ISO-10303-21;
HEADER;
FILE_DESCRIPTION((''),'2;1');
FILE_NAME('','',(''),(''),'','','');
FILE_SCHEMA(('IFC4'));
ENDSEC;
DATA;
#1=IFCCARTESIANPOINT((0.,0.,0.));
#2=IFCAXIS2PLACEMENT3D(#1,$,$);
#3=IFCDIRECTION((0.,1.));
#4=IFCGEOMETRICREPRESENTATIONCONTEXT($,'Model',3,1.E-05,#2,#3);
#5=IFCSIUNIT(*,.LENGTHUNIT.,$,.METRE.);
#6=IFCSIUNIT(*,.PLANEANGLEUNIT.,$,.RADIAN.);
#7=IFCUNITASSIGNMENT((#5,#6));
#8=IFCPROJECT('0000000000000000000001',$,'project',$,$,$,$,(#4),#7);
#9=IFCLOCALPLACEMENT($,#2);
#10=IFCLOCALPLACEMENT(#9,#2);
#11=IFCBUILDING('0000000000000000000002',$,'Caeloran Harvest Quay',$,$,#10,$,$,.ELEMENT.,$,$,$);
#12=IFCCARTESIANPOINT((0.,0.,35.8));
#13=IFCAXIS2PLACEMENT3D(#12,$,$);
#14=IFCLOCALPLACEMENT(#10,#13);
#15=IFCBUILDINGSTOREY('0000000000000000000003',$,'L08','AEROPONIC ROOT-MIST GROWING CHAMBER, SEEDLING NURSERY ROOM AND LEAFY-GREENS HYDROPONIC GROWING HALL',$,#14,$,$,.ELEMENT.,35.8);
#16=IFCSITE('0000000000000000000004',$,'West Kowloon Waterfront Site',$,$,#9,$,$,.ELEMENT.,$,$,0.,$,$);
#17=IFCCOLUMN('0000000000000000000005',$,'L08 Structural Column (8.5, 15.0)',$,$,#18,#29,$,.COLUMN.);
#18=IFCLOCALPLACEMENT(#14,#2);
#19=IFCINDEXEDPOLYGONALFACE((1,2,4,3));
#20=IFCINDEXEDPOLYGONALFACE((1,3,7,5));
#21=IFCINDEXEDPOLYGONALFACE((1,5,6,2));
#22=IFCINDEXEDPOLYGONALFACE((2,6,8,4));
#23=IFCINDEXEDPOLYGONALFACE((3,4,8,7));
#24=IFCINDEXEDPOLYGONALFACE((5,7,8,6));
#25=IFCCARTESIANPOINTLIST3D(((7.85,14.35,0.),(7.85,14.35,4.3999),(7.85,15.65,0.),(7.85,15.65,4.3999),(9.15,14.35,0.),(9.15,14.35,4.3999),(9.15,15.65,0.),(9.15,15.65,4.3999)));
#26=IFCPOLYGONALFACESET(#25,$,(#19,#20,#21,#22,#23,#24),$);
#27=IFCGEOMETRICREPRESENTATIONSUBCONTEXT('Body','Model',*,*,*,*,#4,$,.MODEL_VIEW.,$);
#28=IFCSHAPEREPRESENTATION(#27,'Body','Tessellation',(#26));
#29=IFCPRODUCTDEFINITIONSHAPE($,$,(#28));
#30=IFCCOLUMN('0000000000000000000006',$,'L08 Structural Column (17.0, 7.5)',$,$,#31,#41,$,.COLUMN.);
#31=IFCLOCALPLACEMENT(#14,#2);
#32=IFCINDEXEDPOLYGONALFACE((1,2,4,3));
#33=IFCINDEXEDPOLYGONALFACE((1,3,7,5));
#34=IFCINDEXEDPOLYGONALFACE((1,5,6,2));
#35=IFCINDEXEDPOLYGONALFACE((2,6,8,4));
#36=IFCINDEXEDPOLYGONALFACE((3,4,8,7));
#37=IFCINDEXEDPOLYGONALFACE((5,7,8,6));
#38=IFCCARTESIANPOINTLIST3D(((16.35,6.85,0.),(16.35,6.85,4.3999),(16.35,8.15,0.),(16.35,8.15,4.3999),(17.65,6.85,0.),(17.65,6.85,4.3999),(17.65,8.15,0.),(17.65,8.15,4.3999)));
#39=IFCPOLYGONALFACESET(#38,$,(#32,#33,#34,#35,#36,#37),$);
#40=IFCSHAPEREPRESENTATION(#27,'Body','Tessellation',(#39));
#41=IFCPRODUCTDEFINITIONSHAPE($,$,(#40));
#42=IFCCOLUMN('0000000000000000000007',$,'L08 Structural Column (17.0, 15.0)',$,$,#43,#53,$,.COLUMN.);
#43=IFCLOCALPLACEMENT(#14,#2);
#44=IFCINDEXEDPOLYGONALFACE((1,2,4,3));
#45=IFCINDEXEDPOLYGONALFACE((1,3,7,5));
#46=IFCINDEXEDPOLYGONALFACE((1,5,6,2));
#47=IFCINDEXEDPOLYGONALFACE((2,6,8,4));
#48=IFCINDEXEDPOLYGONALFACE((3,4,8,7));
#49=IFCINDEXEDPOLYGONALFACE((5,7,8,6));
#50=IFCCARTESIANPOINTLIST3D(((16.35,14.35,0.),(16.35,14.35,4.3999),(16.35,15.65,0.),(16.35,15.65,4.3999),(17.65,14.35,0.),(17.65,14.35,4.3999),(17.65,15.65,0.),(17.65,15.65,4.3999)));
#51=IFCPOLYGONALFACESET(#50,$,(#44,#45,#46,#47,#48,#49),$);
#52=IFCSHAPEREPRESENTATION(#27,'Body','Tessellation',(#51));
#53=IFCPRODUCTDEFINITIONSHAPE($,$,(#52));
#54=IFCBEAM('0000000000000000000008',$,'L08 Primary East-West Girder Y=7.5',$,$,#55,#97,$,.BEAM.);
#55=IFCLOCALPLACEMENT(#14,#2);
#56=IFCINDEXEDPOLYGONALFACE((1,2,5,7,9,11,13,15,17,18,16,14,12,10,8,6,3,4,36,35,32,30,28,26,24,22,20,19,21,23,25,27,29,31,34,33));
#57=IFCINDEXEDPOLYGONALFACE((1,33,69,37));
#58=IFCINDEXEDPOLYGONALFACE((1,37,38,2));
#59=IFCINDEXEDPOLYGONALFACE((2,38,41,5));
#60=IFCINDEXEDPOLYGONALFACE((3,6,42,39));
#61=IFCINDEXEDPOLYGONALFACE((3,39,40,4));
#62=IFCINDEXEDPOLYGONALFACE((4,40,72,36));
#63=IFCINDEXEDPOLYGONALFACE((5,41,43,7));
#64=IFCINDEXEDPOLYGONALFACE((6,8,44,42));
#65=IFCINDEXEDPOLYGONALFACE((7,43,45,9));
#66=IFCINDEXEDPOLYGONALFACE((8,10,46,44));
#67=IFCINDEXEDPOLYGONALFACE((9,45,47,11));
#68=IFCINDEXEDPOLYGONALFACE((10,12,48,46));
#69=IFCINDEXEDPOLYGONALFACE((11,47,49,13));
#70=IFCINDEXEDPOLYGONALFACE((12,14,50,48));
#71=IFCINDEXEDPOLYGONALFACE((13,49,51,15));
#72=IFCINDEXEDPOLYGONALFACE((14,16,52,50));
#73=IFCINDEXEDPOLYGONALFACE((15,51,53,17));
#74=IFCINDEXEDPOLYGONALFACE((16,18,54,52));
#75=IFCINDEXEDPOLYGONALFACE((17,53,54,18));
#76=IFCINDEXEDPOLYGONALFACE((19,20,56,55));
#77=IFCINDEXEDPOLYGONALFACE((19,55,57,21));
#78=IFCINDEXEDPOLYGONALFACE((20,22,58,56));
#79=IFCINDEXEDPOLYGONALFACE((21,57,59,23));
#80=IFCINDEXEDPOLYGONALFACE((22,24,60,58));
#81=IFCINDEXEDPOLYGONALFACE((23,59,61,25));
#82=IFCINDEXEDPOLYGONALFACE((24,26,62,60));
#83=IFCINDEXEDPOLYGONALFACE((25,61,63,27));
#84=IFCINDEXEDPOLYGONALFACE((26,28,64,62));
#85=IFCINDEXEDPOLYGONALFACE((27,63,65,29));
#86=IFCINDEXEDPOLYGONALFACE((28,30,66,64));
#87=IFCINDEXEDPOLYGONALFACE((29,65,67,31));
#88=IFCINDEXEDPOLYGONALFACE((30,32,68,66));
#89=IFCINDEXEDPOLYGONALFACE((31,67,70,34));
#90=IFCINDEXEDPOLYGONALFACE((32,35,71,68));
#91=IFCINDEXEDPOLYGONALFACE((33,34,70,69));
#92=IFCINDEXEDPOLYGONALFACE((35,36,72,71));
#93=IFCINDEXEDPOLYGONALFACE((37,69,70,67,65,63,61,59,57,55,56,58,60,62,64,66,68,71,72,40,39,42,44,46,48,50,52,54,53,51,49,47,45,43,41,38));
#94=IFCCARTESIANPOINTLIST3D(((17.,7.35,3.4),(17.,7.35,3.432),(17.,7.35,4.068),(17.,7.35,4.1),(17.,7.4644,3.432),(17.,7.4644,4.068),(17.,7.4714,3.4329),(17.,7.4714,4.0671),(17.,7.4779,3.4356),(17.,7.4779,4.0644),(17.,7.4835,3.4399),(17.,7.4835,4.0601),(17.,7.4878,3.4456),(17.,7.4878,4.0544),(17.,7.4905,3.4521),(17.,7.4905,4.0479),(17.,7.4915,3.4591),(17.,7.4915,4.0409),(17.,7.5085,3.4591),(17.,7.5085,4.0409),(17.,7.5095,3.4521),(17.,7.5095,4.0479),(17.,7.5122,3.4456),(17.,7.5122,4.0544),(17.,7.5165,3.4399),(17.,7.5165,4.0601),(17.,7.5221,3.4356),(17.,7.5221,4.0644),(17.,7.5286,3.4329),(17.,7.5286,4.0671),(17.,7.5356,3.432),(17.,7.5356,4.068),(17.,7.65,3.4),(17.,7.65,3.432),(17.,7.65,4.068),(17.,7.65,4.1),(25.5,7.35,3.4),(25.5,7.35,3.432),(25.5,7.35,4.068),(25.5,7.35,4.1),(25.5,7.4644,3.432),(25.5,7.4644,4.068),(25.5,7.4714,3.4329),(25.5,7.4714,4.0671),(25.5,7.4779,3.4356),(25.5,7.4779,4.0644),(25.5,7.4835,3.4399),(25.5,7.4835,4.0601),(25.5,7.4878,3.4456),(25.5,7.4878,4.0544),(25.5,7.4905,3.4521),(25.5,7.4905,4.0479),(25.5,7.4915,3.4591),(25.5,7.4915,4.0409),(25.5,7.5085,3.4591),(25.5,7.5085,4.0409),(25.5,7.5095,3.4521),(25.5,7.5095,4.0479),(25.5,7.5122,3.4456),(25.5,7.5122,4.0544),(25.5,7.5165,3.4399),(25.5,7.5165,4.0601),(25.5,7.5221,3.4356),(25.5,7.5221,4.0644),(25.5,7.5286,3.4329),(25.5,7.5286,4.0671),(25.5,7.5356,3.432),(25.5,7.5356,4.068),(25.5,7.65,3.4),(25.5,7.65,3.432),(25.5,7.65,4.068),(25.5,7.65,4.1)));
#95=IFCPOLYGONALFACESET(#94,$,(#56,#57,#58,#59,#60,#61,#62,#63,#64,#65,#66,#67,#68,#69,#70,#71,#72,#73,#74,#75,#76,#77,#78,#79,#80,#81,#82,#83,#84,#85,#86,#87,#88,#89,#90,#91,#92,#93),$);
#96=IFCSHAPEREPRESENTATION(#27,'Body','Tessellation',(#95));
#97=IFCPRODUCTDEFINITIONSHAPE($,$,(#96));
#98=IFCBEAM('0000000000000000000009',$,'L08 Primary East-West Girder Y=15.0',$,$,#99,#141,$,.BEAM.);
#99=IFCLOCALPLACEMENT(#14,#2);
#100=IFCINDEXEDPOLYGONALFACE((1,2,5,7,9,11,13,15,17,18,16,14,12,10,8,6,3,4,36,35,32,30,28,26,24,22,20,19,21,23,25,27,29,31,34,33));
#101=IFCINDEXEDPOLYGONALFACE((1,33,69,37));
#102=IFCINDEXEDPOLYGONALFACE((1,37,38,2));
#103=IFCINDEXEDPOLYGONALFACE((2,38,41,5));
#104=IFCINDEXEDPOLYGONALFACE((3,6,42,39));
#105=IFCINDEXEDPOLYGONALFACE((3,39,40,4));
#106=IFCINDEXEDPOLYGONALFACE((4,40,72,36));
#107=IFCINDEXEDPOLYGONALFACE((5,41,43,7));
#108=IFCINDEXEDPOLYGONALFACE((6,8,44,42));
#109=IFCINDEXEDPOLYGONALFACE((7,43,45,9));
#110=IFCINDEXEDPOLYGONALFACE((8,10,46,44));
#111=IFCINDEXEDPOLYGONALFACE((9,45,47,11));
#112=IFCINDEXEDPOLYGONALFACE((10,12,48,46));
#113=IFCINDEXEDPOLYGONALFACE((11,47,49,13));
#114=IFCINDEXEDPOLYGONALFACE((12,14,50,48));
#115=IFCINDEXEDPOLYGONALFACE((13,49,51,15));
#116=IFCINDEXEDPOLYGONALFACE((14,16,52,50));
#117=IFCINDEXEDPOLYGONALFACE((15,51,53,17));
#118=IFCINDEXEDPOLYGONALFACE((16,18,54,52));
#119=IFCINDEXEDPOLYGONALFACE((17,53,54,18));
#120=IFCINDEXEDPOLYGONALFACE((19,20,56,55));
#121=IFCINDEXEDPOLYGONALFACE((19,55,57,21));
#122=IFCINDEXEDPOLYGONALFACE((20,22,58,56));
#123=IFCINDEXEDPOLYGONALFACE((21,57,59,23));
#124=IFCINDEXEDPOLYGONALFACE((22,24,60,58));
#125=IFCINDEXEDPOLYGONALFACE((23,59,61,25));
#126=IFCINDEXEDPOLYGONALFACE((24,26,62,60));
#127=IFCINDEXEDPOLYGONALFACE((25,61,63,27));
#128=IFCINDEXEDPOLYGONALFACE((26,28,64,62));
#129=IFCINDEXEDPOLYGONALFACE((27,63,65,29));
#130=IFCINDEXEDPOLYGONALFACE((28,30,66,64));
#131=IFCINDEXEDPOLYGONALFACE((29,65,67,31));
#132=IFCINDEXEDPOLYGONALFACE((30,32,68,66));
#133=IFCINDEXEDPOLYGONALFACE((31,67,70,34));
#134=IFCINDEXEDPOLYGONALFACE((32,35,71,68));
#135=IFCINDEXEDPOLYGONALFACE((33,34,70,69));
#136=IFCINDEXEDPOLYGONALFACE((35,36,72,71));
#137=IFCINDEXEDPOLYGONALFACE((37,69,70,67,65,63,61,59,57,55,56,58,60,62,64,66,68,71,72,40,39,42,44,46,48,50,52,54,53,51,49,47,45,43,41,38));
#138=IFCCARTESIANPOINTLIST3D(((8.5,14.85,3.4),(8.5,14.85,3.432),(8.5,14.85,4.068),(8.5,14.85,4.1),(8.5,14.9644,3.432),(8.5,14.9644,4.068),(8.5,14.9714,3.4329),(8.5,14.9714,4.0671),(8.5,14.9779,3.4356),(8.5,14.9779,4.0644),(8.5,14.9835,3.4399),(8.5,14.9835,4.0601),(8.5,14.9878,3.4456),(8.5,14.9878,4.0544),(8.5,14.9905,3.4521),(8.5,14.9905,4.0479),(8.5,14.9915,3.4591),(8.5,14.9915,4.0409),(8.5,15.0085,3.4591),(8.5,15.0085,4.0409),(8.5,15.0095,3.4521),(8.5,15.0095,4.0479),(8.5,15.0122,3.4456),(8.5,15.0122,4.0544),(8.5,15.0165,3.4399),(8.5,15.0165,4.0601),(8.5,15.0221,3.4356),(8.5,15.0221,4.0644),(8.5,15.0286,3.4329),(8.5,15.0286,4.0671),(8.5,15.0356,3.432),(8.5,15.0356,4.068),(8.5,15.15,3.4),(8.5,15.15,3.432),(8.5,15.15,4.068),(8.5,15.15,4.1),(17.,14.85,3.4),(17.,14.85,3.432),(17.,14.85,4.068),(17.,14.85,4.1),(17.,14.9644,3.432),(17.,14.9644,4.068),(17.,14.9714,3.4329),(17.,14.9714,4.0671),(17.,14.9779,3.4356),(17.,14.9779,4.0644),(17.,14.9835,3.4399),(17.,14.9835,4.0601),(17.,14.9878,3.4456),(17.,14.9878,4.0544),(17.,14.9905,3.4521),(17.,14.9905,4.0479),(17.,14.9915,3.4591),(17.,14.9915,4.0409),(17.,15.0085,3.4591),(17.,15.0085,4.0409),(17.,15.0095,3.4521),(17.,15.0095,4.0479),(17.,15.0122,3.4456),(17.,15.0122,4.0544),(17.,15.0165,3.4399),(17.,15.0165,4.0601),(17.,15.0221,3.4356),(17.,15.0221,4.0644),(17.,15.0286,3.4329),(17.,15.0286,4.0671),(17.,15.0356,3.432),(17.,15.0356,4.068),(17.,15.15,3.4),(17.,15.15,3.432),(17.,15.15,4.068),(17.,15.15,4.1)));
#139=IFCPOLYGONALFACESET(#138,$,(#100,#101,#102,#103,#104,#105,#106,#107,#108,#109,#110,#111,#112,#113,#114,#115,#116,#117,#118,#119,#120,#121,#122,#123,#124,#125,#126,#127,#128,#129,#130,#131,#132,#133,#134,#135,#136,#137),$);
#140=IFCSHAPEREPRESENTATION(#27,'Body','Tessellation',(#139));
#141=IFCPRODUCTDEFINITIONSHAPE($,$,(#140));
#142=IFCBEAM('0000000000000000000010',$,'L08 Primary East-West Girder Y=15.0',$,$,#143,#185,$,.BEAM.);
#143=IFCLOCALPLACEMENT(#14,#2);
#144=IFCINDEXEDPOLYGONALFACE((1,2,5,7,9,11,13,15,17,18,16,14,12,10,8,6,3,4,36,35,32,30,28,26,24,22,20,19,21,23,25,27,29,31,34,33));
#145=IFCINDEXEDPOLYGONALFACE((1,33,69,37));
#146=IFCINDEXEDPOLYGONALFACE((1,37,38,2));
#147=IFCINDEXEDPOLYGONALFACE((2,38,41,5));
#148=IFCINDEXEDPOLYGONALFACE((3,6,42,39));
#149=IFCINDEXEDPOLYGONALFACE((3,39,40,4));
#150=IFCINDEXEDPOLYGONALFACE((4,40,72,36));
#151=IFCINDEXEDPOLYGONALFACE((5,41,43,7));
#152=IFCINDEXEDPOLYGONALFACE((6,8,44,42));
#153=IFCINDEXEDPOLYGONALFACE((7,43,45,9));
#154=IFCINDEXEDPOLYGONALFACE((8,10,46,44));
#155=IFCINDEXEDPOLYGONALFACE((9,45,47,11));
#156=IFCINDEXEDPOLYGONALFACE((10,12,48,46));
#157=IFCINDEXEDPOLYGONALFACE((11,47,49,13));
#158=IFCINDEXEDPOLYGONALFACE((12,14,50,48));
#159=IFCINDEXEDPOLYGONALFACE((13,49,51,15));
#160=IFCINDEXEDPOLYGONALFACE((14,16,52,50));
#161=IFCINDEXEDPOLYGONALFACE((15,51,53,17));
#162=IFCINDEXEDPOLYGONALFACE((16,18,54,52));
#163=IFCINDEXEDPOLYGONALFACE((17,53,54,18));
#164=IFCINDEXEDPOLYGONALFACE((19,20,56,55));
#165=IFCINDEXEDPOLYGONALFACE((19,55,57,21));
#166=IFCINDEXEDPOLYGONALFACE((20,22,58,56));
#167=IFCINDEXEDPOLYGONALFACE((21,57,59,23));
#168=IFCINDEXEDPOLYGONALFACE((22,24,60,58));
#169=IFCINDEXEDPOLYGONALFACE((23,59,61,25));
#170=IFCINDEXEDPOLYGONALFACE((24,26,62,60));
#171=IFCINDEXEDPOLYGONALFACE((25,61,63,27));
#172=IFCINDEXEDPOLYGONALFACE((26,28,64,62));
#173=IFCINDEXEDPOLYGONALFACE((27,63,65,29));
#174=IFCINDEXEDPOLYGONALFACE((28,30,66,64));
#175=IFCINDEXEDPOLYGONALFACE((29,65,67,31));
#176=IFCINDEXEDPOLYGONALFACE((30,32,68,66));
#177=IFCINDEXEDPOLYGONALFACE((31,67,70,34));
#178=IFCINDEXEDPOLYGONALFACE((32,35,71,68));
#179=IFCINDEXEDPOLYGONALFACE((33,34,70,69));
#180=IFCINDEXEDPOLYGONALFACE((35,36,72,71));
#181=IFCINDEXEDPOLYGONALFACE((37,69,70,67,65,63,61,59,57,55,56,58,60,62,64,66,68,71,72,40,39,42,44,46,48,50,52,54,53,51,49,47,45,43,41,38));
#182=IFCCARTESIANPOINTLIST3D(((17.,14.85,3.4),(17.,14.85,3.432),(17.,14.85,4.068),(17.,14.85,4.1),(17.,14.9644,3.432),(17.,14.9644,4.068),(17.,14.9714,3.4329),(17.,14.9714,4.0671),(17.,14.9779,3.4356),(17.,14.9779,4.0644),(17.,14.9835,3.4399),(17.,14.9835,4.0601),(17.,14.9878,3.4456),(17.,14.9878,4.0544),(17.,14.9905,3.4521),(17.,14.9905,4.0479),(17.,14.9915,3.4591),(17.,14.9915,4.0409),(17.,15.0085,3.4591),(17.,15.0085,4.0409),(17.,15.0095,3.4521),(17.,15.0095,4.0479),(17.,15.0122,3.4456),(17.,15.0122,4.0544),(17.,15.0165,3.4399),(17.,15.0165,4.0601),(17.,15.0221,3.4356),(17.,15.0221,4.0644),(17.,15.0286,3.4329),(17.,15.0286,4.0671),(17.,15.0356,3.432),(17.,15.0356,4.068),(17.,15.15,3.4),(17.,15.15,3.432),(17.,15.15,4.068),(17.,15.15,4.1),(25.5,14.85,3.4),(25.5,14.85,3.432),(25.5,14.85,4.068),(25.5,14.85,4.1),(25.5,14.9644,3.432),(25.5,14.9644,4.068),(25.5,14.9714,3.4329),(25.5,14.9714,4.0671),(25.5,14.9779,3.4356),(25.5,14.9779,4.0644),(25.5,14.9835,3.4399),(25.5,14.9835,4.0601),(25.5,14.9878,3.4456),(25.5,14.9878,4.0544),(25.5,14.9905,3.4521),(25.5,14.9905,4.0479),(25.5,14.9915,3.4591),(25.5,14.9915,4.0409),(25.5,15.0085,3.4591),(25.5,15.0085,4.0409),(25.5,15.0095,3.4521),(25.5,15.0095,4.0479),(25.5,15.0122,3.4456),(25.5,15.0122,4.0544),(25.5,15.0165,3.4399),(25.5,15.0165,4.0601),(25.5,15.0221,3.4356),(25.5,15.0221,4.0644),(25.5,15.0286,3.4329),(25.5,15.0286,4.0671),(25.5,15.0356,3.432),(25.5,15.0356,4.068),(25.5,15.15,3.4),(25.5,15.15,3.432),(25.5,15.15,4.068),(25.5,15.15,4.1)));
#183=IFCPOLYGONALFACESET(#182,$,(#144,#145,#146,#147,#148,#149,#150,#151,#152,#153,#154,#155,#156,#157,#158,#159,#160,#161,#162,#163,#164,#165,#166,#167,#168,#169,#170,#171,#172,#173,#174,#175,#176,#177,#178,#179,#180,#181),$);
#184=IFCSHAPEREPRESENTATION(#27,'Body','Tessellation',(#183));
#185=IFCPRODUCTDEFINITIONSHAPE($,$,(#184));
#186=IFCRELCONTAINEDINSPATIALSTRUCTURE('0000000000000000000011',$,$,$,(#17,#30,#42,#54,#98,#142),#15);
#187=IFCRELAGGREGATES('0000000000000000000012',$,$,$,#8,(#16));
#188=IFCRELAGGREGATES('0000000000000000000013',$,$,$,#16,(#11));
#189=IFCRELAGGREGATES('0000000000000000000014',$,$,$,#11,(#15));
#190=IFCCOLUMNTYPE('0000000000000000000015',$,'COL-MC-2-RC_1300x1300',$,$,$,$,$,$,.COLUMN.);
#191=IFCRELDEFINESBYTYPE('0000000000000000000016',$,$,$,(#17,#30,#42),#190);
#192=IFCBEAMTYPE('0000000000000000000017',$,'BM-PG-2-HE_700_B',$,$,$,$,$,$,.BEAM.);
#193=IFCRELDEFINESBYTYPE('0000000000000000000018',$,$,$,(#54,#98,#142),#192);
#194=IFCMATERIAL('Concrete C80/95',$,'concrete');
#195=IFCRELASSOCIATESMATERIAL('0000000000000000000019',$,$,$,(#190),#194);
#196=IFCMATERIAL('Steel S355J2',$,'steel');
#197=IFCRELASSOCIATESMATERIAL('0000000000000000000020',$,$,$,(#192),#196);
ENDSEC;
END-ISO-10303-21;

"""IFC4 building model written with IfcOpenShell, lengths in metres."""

from ifc_helpers import new_model, si_unit, direction, frame, origin, origin_2d, place, context, subcontext, project, spatial, rectangle, i_section, extrude, material, material_profile, profile_set, type_object, element, save


model = new_model("IFC4")

# Units and contexts
model_context = context("Model", 3, precision=1e-05, world=origin(), true_north=direction((0.0, 1.0)))
body_context = subcontext(model_context, "Body", "Model", "MODEL_VIEW")
ifc_project = project(units=[si_unit("LENGTHUNIT", "METRE"), si_unit("PLANEANGLEUNIT", "RADIAN")], contexts=[model_context])

# Site, building, storey
site_placement = place(None, origin())
site = spatial("IfcSite", under=ifc_project, at=site_placement, Name="West Kowloon Waterfront Site", CompositionType="ELEMENT", RefElevation=0.0)
building_placement = place(site_placement, origin())
building = spatial("IfcBuilding", under=site, at=building_placement, Name="Caeloran Harvest Quay", CompositionType="ELEMENT")
storey_placement = place(building_placement, frame((0.0, 0.0, 35.8)))
storey = spatial("IfcBuildingStorey", under=building, at=storey_placement, Name="L08", Description="AEROPONIC ROOT-MIST GROWING CHAMBER, SEEDLING NURSERY ROOM AND LEAFY-GREENS HYDROPONIC GROWING HALL", CompositionType="ELEMENT", Elevation=35.8)

# Columns
ifc_material_1 = material(Name="Concrete C80/95", Category="concrete")
ifc_material_profile_1 = material_profile(ifc_material_1, rectangle(XDim=1.3, YDim=1.3, at=origin_2d()), Name="RC 1300x1300")
ifc_profile_set_1 = profile_set([ifc_material_profile_1], Name="Concrete C80/95")
column_type = type_object("IfcColumnType", Name="COL-MC-2-RC_1300x1300", PredefinedType="COLUMN", material=ifc_profile_set_1)
for number, where, z_axis, x_axis, name in (
    (1, (8.5, 15.0, 0.0), (0.0, 0.0, 1.0), (1.0, 0.0, 0.0), "L08 Structural Column (8.5, 15.0)"),
    (2, (17.0, 7.5, 0.0), (0.0, 0.0, 1.0), (1.0, 0.0, 0.0), "L08 Structural Column (17.0, 7.5)"),
    (3, (17.0, 15.0, 0.0), (0.0, 0.0, 1.0), (1.0, 0.0, 0.0), "L08 Structural Column (17.0, 15.0)"),
):
    element("IfcColumn", number, at=place(storey_placement, frame(where, z_axis=z_axis, x_axis=x_axis)), inside=storey, type_object=column_type, Name=name, PredefinedType="COLUMN", context=body_context, shape_type="SweptSolid", body=[
        extrude(rectangle(XDim=1.3, YDim=1.3, at=origin_2d()), origin(), (0.0, 0.0, 1.0), 4.3999),
    ])

# Beams
ifc_material_2 = material(Name="Steel S355J2", Category="steel")
ifc_material_profile_2 = material_profile(ifc_material_2, i_section(OverallWidth=0.3, OverallDepth=0.7, WebThickness=0.0171, FlangeThickness=0.032, FilletRadius=0.0271, at=origin_2d()), Name="HE 700 B")
ifc_profile_set_2 = profile_set([ifc_material_profile_2], Name="Steel S355J2")
beam_type_1 = type_object("IfcBeamType", Name="BM-PG-2-HE_700_B", PredefinedType="BEAM", material=ifc_profile_set_2)
for number, where, z_axis, x_axis, name in (
    (4, (17.0, 7.5, 3.75), (1.0, 0.0, 0.0), (0.0, 1.0, 0.0), "L08 Primary East-West Girder Y=7.5"),
    (5, (8.5, 15.0, 3.75), (1.0, 0.0, 0.0), (0.0, 1.0, 0.0), "L08 Primary East-West Girder Y=15.0"),
    (6, (17.0, 15.0, 3.75), (1.0, 0.0, 0.0), (0.0, 1.0, 0.0), "L08 Primary East-West Girder Y=15.0"),
):
    element("IfcBeam", number, at=place(storey_placement, frame(where, z_axis=z_axis, x_axis=x_axis)), inside=storey, type_object=beam_type_1, Name=name, PredefinedType="BEAM", context=body_context, shape_type="SweptSolid", body=[
        extrude(i_section(OverallWidth=0.3, OverallDepth=0.7, WebThickness=0.0171, FlangeThickness=0.032, FilletRadius=0.0271, at=origin_2d()), origin(), (0.0, 0.0, 1.0), 8.5),
    ])

save(model, "model.ifc")
